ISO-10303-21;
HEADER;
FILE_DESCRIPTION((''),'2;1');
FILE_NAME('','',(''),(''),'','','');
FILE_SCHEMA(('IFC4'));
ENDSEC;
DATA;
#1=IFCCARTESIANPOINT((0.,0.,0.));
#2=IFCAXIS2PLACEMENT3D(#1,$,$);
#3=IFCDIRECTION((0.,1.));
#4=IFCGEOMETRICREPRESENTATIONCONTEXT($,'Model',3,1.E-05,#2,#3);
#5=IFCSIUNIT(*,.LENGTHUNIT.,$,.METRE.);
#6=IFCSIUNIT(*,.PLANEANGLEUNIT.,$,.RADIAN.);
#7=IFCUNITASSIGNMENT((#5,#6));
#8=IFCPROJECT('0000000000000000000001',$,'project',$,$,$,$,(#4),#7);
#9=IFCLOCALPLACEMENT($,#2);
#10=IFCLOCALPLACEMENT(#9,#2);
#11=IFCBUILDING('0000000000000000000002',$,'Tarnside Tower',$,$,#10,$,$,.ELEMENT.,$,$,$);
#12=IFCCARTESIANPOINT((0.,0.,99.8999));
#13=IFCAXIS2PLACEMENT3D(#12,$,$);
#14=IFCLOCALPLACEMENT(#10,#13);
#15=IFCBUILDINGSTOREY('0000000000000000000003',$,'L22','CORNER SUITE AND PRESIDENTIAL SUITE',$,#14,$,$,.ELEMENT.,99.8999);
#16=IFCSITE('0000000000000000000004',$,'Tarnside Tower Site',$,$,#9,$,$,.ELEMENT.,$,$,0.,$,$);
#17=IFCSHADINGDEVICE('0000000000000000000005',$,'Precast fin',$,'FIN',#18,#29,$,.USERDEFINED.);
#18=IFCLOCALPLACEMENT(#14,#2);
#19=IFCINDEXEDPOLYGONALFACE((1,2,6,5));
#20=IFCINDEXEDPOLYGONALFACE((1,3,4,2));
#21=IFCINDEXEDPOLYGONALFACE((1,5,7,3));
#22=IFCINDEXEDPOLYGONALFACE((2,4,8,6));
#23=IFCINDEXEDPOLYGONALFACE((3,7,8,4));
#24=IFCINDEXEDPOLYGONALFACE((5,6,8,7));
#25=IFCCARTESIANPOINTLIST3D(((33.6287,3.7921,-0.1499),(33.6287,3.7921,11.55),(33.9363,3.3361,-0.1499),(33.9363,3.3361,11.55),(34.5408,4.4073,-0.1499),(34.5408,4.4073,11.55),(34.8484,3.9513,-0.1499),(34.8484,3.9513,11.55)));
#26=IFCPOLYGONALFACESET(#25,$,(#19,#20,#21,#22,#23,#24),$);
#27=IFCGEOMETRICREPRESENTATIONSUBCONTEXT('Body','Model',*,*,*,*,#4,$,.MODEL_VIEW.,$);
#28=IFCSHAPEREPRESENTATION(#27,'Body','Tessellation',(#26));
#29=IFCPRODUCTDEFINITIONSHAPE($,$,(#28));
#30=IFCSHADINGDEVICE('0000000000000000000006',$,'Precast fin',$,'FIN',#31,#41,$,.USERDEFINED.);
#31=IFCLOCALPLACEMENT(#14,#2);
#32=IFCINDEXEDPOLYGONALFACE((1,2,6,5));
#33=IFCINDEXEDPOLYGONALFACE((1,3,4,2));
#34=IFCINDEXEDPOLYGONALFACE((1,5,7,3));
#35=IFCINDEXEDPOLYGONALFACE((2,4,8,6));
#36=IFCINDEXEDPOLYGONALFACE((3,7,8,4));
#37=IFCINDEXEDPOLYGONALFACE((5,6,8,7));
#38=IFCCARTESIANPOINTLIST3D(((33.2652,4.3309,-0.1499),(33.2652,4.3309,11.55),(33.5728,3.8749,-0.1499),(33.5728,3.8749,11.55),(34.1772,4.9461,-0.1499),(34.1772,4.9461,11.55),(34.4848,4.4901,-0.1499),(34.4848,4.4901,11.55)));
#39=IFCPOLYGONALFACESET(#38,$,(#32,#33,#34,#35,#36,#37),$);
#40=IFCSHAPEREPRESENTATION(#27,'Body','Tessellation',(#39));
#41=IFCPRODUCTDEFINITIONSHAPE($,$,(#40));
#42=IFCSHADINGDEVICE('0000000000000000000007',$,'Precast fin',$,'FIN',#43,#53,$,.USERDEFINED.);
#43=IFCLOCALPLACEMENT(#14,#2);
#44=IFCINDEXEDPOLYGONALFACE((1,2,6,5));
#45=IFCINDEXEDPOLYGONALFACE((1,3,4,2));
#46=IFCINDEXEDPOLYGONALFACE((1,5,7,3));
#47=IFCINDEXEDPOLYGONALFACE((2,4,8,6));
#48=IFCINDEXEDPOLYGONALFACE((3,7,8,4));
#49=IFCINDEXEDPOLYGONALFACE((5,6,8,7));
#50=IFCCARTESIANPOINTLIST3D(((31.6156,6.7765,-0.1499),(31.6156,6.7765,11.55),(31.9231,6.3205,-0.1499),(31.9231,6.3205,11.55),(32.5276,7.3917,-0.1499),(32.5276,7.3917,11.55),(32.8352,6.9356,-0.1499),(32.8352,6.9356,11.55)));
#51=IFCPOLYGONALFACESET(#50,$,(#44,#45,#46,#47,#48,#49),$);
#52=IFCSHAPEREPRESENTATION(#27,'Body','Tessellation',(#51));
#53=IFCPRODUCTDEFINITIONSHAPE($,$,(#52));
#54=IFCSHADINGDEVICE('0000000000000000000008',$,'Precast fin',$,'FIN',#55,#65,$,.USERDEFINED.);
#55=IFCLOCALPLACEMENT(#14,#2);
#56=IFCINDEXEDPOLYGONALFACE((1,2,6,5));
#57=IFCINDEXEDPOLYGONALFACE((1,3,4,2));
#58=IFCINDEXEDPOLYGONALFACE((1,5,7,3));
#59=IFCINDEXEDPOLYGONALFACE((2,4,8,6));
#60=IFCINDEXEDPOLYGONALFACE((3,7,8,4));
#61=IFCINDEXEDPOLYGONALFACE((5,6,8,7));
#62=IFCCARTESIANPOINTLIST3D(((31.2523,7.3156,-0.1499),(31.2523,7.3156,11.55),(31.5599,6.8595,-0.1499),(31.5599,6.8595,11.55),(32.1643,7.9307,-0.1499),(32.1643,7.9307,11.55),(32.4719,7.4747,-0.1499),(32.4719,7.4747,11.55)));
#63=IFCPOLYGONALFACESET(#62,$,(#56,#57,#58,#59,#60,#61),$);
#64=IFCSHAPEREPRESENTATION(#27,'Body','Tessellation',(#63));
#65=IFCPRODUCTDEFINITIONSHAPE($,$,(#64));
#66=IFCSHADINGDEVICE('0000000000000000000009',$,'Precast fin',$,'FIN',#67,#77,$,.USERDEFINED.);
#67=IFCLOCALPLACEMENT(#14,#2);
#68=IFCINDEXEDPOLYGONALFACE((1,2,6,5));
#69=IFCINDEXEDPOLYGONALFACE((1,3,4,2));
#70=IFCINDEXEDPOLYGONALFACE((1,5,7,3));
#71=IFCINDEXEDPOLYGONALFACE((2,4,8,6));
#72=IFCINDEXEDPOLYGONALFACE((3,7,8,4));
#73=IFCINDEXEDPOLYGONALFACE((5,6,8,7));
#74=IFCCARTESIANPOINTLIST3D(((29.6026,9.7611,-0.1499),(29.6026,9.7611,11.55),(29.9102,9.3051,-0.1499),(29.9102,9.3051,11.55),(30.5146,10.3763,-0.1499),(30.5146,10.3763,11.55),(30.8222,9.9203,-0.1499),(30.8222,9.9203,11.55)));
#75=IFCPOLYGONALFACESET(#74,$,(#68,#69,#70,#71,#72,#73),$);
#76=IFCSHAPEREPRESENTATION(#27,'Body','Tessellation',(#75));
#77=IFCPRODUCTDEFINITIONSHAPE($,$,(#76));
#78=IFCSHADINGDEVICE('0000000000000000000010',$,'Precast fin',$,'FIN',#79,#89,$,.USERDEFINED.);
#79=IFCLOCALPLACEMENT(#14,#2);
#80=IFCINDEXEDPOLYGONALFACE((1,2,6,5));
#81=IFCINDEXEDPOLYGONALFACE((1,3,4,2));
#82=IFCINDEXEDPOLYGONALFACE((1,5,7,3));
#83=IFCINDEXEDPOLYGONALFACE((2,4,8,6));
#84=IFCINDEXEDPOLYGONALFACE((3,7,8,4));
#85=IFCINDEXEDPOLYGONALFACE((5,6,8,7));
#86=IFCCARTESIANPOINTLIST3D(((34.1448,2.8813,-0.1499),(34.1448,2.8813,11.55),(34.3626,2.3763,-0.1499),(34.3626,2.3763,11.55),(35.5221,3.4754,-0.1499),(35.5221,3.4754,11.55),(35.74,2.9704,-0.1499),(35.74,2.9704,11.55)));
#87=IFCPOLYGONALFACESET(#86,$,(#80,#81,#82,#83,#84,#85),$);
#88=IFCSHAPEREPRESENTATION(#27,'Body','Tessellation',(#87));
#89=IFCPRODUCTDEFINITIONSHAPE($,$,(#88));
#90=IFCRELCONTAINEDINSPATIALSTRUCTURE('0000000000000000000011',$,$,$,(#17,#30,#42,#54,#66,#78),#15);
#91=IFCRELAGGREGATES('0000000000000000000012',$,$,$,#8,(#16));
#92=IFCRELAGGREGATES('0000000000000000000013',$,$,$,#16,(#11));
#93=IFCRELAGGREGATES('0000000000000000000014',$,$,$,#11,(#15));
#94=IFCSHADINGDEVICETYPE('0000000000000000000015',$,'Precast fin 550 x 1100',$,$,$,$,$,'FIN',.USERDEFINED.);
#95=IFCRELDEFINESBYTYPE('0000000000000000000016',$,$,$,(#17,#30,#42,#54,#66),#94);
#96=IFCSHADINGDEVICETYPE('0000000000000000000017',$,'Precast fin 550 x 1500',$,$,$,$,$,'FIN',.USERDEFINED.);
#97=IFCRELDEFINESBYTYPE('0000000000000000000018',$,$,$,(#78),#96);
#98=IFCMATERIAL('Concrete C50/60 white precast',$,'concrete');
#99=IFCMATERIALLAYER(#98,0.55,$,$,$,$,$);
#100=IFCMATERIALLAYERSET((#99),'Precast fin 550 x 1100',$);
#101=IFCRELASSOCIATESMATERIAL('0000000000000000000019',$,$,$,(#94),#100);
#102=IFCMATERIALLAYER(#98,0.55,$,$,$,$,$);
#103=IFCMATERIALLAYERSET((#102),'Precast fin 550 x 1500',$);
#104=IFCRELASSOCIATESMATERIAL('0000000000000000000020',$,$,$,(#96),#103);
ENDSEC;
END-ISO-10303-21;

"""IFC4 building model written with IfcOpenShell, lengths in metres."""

from ifc_helpers import new_model, si_unit, direction, frame, origin, place, context, subcontext, project, spatial, polyline, outline, extrude, material, layer, layer_set, type_object, element, save


model = new_model("IFC4")

# Units and contexts
model_context = context("Model", 3, precision=1e-05, world=origin(), true_north=direction((0.0, 1.0)))
body_context = subcontext(model_context, "Body", "Model", "MODEL_VIEW")
ifc_project = project(units=[si_unit("LENGTHUNIT", "METRE"), si_unit("PLANEANGLEUNIT", "RADIAN")], contexts=[model_context])

# Site, building, storey
site_placement = place(None, origin())
site = spatial("IfcSite", under=ifc_project, at=site_placement, Name="Tarnside Tower Site", CompositionType="ELEMENT", RefElevation=0.0)
building_placement = place(site_placement, origin())
building = spatial("IfcBuilding", under=site, at=building_placement, Name="Tarnside Tower", CompositionType="ELEMENT")
storey_placement = place(building_placement, frame((0.0, 0.0, 99.8999)))
storey = spatial("IfcBuildingStorey", under=building, at=storey_placement, Name="L22", Description="CORNER SUITE AND PRESIDENTIAL SUITE", CompositionType="ELEMENT", Elevation=99.8999)

# Shading devices
ifc_material_1 = material(Name="Concrete C50/60 white precast", Category="concrete")
ifc_layer_1 = layer(ifc_material_1, 0.55)
ifc_layer_set_1 = layer_set([ifc_layer_1], Name="Precast fin 550 x 1100")
shading_device_type_1 = type_object("IfcShadingDeviceType", Name="Precast fin 550 x 1100", ElementType="FIN", PredefinedType="USERDEFINED", material=ifc_layer_set_1)
for number, where, z_axis, x_axis, name in (
    (1, (33.7825, 3.5642, -0.1499), (0.559193, -0.829038, 0.0), (0.829038, 0.559193, 0.0), "Precast fin"),
    (2, (33.4189, 4.103, -0.1499), (0.559193, -0.829038, 0.0), (0.829038, 0.559193, 0.0), "Precast fin"),
    (3, (31.7693, 6.5486, -0.1499), (0.559193, -0.829038, 0.0), (0.829038, 0.559193, 0.0), "Precast fin"),
    (4, (31.406, 7.0876, -0.1499), (0.559193, -0.829038, 0.0), (0.829038, 0.559193, 0.0), "Precast fin"),
    (5, (29.7563, 9.5332, -0.1499), (0.559193, -0.829038, 0.0), (0.829038, 0.559193, 0.0), "Precast fin"),
):
    element("IfcShadingDevice", number, at=place(storey_placement, frame(where, z_axis=z_axis, x_axis=x_axis)), inside=storey, type_object=shading_device_type_1, Name=name, ObjectType="FIN", PredefinedType="USERDEFINED", context=body_context, shape_type="SweptSolid", body=[
        extrude(outline(polyline([(0.0, 0.0), (1.1001, 0.0), (1.1001, 11.7), (0.0, 11.7), (0.0, 0.0)])), frame((0.0, 0.0, -0.2749)), (0.0, 0.0, 1.0), 0.55),
    ])
ifc_layer_2 = layer(ifc_material_1, 0.55)
ifc_layer_set_2 = layer_set([ifc_layer_2], Name="Precast fin 550 x 1500")
shading_device_type_2 = type_object("IfcShadingDeviceType", Name="Precast fin 550 x 1500", ElementType="FIN", PredefinedType="USERDEFINED", material=ifc_layer_set_2)
shading_device_placement = place(storey_placement, frame((34.2537, 2.6289, -0.1499), z_axis=(0.39608, -0.918216, 0.0), x_axis=(0.918216, 0.39608, 0.0)))
element("IfcShadingDevice", 6, at=shading_device_placement, inside=storey, type_object=shading_device_type_2, Name="Precast fin", ObjectType="FIN", PredefinedType="USERDEFINED", context=body_context, shape_type="SweptSolid", body=[
    extrude(outline(polyline([(0.0, 0.0), (1.5, 0.0), (1.5, 11.7), (0.0, 11.7), (0.0, 0.0)])), frame((0.0, 0.0, -0.2749)), (0.0, 0.0, 1.0), 0.55),
])

save(model, "model.ifc")
